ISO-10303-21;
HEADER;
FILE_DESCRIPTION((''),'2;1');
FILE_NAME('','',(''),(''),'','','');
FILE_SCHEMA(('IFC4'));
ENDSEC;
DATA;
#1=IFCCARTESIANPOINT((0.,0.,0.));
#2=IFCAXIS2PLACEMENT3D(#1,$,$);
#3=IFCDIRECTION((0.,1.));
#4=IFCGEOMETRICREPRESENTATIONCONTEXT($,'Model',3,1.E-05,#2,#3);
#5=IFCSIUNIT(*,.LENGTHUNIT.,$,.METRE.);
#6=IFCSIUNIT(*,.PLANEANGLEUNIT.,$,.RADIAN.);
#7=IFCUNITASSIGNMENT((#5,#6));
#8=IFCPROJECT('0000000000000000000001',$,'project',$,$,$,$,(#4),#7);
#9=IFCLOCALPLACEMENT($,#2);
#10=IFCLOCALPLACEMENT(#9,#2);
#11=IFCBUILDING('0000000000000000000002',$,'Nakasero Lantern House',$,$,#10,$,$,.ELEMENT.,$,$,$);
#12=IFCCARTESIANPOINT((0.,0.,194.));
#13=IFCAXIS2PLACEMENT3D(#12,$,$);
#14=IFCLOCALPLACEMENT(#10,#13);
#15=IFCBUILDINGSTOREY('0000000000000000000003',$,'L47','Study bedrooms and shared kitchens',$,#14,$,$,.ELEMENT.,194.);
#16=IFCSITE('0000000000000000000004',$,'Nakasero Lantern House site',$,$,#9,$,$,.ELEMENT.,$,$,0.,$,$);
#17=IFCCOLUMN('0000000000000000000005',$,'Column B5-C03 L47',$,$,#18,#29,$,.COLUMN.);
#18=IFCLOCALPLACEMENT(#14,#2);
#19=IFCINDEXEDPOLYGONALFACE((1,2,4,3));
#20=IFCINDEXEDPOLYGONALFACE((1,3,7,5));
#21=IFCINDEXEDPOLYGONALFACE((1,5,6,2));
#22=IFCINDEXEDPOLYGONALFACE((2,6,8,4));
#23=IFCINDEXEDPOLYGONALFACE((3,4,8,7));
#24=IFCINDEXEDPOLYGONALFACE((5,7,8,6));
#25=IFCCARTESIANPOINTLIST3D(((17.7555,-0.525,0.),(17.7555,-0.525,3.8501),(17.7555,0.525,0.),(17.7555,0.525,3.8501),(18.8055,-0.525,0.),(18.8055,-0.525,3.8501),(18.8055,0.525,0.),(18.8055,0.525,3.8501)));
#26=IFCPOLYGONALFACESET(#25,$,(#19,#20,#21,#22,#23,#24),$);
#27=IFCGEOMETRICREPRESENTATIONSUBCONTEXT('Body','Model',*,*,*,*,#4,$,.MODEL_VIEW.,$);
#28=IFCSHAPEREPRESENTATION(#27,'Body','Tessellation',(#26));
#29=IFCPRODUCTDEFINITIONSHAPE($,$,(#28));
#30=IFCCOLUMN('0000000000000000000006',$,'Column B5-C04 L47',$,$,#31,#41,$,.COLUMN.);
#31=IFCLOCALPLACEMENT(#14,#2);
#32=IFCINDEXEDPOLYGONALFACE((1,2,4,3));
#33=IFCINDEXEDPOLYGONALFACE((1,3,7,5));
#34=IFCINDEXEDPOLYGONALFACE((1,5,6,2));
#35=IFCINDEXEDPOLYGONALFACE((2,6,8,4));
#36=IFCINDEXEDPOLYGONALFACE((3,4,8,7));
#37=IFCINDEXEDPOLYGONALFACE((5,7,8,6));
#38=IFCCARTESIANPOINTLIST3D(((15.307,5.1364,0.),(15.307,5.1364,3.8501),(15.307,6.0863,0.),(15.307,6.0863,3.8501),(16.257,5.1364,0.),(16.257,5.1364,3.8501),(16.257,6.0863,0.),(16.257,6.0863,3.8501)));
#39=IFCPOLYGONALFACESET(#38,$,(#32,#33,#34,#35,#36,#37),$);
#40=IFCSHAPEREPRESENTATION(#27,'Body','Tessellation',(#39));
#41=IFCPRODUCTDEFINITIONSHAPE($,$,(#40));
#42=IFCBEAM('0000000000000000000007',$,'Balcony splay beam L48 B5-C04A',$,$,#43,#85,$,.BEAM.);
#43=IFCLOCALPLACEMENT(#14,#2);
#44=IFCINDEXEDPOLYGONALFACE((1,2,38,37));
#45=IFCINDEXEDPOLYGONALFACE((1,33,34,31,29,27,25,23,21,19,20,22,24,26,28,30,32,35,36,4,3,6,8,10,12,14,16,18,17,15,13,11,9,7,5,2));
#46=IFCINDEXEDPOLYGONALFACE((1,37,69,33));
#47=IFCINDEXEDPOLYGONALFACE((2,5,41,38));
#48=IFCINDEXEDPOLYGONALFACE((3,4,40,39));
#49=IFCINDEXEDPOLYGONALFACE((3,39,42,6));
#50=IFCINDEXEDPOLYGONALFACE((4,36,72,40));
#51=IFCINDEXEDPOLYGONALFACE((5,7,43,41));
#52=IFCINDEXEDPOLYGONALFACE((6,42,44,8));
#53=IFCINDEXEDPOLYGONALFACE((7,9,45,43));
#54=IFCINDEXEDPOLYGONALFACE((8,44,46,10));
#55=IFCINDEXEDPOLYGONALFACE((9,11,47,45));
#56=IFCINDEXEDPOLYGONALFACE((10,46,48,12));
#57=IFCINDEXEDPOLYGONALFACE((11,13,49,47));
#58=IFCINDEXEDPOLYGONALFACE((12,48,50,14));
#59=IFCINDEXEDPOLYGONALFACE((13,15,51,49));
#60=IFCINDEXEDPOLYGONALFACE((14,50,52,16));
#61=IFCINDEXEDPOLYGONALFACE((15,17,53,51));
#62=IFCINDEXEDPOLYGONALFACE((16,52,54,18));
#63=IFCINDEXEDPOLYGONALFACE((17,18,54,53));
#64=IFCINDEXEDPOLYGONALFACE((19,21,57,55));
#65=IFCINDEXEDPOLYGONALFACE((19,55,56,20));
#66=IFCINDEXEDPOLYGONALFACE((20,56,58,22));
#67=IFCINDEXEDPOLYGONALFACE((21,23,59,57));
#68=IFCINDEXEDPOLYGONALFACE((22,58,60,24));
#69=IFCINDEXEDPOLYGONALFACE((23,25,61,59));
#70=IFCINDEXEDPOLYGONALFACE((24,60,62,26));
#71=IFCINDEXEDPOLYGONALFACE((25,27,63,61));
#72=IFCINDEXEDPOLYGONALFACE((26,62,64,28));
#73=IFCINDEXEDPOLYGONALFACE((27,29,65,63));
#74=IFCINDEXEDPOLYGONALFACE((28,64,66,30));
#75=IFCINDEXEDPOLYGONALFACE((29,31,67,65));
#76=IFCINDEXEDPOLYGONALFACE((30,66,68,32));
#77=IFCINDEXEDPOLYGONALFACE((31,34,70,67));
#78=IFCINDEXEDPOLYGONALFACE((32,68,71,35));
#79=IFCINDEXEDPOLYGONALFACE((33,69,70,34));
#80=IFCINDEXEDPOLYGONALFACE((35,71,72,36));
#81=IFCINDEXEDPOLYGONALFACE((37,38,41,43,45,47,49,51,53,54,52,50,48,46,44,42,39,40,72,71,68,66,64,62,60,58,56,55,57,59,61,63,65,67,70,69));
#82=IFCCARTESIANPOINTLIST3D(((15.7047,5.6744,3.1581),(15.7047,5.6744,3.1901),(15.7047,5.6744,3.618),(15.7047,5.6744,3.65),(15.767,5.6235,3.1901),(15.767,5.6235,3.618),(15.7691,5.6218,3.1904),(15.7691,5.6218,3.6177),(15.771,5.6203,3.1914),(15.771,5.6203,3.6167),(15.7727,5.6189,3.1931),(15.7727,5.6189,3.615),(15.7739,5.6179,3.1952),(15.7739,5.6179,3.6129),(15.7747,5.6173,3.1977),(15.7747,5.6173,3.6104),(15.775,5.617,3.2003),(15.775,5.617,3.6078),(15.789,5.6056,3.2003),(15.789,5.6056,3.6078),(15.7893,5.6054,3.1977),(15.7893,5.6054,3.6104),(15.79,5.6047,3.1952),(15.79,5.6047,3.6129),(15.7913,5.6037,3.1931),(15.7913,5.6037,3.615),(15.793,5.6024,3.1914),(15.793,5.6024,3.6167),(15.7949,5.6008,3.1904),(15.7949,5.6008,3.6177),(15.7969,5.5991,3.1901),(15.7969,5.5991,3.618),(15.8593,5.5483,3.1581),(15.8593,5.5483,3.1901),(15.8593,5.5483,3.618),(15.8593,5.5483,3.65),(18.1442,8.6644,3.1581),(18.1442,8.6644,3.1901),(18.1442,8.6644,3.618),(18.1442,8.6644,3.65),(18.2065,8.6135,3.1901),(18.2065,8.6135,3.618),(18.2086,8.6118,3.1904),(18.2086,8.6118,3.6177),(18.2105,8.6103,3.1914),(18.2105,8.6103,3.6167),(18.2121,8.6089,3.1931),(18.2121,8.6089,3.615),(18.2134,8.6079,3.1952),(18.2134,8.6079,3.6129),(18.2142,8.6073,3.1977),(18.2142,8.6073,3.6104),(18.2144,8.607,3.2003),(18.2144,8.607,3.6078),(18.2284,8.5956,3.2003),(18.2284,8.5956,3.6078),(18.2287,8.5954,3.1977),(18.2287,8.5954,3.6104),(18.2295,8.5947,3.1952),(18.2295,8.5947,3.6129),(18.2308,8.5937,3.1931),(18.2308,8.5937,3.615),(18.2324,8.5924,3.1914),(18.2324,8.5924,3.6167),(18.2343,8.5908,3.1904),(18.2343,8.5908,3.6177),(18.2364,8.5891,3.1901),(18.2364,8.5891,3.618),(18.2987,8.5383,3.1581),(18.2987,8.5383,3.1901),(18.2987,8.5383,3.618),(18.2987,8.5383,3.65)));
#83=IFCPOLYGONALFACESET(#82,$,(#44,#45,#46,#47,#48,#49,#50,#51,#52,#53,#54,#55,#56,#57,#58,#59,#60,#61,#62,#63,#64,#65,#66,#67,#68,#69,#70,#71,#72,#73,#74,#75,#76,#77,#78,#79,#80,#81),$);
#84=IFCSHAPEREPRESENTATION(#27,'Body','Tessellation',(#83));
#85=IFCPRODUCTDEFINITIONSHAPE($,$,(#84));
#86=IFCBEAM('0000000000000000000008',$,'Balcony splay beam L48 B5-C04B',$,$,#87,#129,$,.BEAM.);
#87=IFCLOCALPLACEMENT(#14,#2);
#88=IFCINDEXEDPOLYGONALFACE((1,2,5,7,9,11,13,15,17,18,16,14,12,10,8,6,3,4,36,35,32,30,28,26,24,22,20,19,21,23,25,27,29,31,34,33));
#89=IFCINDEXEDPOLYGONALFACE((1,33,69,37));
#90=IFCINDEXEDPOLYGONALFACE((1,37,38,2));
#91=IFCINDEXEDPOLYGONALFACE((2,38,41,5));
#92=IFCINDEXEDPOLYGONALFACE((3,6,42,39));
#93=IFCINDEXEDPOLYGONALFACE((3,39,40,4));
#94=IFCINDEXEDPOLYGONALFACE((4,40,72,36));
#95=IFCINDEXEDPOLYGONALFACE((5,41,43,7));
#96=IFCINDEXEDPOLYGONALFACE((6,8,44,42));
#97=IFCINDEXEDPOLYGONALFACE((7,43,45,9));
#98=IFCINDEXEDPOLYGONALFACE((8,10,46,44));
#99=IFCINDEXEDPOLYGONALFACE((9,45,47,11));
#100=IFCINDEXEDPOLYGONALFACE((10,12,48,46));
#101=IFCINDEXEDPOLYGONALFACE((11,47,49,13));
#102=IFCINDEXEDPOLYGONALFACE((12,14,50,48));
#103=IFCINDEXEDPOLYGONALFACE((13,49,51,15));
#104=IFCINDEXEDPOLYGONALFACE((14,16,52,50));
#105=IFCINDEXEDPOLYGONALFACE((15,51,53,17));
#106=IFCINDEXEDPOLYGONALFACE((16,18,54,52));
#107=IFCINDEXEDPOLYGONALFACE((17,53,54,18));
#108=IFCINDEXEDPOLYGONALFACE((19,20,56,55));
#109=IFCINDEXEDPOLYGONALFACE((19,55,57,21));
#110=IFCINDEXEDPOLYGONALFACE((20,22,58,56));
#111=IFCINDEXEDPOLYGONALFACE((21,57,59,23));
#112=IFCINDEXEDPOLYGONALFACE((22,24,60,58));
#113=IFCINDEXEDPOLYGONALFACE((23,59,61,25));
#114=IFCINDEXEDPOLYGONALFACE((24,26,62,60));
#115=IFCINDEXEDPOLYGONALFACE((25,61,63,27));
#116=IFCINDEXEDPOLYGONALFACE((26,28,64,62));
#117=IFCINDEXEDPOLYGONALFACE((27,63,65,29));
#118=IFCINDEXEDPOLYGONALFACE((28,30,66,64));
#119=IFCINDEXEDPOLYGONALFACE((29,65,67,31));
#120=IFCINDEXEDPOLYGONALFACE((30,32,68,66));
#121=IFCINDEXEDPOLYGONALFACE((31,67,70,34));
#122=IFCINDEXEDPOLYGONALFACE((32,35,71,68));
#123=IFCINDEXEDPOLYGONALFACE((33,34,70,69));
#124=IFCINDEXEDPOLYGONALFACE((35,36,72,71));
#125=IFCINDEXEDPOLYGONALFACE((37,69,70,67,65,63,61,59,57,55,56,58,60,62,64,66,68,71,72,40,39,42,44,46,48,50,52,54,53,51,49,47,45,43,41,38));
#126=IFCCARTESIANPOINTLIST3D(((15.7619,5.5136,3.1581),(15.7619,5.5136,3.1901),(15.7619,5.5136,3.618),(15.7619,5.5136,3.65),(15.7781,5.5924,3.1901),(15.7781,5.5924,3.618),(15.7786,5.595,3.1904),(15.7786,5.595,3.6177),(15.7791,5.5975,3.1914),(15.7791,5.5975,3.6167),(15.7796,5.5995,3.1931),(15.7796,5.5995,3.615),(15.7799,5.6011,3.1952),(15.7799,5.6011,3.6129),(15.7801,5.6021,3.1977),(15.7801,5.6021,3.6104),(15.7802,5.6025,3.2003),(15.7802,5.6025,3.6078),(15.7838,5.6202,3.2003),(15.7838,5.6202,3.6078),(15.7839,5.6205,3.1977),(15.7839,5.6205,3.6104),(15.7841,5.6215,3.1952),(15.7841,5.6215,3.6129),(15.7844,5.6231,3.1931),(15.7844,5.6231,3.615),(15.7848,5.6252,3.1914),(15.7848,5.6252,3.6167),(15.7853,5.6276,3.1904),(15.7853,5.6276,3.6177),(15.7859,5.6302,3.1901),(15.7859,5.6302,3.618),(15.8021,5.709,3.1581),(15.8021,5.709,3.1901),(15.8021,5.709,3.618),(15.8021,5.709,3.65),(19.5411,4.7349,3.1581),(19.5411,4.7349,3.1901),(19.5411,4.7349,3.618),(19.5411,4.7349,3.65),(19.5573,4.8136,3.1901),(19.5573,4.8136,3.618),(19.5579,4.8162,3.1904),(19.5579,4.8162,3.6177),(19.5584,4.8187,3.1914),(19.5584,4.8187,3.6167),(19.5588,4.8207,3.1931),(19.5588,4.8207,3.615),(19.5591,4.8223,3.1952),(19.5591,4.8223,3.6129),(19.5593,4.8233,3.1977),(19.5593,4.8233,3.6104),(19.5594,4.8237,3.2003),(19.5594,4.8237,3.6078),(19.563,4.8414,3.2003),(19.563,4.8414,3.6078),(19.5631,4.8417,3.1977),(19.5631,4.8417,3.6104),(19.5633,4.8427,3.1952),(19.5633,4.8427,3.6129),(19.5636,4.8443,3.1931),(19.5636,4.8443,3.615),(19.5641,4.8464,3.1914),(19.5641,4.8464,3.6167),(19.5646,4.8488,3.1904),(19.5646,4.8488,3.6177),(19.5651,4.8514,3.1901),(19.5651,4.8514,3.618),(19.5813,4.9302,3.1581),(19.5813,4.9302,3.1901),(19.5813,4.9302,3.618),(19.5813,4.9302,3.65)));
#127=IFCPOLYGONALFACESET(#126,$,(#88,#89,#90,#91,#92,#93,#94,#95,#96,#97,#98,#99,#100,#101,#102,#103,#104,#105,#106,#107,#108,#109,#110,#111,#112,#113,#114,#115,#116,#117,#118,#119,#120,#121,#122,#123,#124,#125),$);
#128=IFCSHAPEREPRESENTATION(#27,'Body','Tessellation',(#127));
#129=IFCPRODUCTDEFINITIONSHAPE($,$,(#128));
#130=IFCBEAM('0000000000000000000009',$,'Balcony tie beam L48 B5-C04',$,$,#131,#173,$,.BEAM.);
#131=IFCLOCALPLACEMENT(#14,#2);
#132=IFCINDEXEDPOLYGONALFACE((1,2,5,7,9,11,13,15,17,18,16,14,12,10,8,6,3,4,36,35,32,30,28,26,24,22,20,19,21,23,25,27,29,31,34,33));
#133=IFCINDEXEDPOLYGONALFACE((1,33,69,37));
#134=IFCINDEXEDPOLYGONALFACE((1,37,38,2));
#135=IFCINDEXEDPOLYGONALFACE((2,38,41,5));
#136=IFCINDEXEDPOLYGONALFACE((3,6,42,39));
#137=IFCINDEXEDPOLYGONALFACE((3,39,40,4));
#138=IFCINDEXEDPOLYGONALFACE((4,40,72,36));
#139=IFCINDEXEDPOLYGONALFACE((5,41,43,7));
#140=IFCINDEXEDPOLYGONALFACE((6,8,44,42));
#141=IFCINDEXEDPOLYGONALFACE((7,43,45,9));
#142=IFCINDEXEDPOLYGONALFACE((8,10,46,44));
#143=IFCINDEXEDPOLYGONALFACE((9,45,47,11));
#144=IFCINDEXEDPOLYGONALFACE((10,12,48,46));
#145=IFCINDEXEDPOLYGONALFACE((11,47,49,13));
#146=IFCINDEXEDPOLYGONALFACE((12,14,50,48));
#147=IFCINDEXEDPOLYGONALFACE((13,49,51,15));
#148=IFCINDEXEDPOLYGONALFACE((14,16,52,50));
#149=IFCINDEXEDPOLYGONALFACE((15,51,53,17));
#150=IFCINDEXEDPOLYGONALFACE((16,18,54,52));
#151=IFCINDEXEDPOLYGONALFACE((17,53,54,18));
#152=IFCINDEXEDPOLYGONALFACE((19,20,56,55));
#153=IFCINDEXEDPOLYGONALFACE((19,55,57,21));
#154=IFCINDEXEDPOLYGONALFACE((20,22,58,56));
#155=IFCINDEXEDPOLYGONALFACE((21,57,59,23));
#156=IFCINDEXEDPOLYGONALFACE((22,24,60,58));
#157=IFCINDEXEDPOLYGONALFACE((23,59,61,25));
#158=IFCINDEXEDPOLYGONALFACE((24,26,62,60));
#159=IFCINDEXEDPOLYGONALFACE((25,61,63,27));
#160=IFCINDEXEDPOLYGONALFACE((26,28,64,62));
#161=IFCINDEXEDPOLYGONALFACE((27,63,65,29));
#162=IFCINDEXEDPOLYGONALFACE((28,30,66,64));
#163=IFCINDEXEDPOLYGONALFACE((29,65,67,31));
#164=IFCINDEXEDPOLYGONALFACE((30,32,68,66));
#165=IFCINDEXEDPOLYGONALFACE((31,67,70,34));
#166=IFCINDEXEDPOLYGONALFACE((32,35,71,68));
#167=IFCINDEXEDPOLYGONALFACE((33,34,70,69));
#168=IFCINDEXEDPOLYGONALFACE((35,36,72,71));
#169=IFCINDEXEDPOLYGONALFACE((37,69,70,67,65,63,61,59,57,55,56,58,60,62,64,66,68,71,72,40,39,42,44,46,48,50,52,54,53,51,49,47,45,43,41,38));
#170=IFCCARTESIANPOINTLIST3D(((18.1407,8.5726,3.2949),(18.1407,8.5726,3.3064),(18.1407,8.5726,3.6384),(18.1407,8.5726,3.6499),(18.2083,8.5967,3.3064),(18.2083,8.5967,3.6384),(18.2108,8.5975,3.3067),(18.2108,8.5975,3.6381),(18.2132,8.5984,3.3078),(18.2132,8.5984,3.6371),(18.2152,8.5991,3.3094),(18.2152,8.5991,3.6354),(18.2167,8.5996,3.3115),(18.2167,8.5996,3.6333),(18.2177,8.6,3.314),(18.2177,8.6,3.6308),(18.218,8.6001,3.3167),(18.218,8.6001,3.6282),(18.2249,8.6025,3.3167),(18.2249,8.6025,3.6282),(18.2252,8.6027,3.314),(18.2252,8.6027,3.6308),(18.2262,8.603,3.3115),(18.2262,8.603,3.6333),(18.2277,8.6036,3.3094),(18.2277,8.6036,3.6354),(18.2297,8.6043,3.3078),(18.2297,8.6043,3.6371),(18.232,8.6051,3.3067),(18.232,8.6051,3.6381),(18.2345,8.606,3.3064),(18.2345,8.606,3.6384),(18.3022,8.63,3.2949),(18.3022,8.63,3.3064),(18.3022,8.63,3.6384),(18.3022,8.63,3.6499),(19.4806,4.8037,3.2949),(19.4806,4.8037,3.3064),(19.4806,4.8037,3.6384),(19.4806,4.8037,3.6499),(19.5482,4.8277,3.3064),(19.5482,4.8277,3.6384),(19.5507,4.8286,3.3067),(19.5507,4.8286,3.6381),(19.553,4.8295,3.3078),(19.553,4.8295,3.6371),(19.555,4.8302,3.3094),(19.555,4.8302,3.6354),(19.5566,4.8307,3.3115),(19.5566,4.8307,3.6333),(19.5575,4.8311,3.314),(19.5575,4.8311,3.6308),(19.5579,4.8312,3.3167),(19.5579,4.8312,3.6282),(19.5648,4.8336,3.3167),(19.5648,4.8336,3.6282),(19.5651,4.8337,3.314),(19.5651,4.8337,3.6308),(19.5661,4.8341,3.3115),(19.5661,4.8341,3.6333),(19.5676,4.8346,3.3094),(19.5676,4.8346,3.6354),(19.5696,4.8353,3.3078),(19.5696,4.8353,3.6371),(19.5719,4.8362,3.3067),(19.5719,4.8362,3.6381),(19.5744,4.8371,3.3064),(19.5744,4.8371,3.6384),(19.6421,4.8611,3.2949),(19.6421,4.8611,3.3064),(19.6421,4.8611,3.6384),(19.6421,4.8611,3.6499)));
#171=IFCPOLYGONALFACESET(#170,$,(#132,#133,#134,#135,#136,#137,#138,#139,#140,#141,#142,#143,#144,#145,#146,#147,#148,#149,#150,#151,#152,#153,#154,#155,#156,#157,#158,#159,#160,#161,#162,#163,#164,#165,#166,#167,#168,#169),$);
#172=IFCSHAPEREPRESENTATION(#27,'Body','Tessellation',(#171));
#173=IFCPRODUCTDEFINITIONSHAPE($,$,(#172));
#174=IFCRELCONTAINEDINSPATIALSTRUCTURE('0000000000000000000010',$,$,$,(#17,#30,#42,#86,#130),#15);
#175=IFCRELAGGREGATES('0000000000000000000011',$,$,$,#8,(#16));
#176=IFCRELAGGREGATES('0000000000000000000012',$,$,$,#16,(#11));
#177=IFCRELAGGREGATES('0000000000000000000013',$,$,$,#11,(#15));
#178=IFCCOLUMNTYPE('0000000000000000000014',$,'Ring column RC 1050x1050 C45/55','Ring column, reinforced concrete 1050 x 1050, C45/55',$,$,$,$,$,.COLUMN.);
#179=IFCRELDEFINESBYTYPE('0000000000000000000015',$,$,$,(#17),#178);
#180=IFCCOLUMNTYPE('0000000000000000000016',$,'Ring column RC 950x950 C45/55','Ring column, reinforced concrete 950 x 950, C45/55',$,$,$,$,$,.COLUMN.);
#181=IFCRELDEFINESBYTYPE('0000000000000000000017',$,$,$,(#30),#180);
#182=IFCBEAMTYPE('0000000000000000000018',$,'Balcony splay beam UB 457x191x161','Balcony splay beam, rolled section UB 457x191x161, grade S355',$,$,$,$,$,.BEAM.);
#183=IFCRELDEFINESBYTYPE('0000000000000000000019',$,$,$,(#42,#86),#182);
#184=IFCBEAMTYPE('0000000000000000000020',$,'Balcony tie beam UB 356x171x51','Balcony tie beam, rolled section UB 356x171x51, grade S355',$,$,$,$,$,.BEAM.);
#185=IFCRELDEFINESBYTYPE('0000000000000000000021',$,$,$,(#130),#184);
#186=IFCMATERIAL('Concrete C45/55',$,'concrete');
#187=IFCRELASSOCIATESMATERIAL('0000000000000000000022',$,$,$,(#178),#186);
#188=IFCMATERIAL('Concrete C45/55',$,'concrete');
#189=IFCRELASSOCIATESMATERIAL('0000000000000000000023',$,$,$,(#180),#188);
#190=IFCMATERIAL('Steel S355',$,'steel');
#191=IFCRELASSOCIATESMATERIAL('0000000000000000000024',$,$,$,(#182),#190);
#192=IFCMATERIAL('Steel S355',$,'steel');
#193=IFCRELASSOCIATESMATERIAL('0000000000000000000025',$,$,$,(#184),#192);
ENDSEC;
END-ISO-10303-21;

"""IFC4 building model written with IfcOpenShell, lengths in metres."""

from ifc_helpers import new_model, si_unit, direction, frame, origin, origin_2d, place, context, subcontext, project, spatial, rectangle, i_section, extrude, material, material_profile, profile_set, type_object, element, save


model = new_model("IFC4")

# Units and contexts
model_context = context("Model", 3, precision=1e-05, world=origin(), true_north=direction((0.0, 1.0)))
body_context = subcontext(model_context, "Body", "Model", "MODEL_VIEW")
ifc_project = project(units=[si_unit("LENGTHUNIT", "METRE"), si_unit("PLANEANGLEUNIT", "RADIAN")], contexts=[model_context])

# Site, building, storey
site_placement = place(None, origin())
site = spatial("IfcSite", under=ifc_project, at=site_placement, Name="Nakasero Lantern House site", CompositionType="ELEMENT", RefElevation=0.0)
building_placement = place(site_placement, origin())
building = spatial("IfcBuilding", under=site, at=building_placement, Name="Nakasero Lantern House", CompositionType="ELEMENT")
storey_placement = place(building_placement, frame((0.0, 0.0, 194.0)))
storey = spatial("IfcBuildingStorey", under=building, at=storey_placement, Name="L47", Description="Study bedrooms and shared kitchens", CompositionType="ELEMENT", Elevation=194.0)

# Columns
ifc_material_1 = material(Name="Concrete C45/55", Category="concrete")
ifc_material_profile_1 = material_profile(ifc_material_1, rectangle(XDim=1.05, YDim=1.05, at=origin_2d()), Name="RC 1050x1050")
ifc_profile_set_1 = profile_set([ifc_material_profile_1], Name="Concrete C45/55")
column_type_1 = type_object("IfcColumnType", Name="Ring column RC 1050x1050 C45/55", Description="Ring column, reinforced concrete 1050 x 1050, C45/55", PredefinedType="COLUMN", material=ifc_profile_set_1)
column_1_placement = place(storey_placement, frame((18.2805, 0.0, 0.0), z_axis=(0.0, 0.0, 1.0), x_axis=(1.0, 0.0, 0.0)))
element("IfcColumn", 1, at=column_1_placement, inside=storey, type_object=column_type_1, Name="Column B5-C03 L47", PredefinedType="COLUMN", context=body_context, shape_type="SweptSolid", body=[
    extrude(rectangle(XDim=1.05, YDim=1.05, at=origin_2d()), origin(), (0.0, 0.0, 1.0), 3.8501),
])
ifc_material_2 = material(Name="Concrete C45/55", Category="concrete")
ifc_material_profile_2 = material_profile(ifc_material_2, rectangle(XDim=0.95, YDim=0.95, at=origin_2d()), Name="RC 950x950")
ifc_profile_set_2 = profile_set([ifc_material_profile_2], Name="Concrete C45/55")
column_type_2 = type_object("IfcColumnType", Name="Ring column RC 950x950 C45/55", Description="Ring column, reinforced concrete 950 x 950, C45/55", PredefinedType="COLUMN", material=ifc_profile_set_2)
column_2_placement = place(storey_placement, frame((15.782, 5.6113, 0.0), z_axis=(0.0, 0.0, 1.0), x_axis=(1.0, 0.0, 0.0)))
element("IfcColumn", 2, at=column_2_placement, inside=storey, type_object=column_type_2, Name="Column B5-C04 L47", PredefinedType="COLUMN", context=body_context, shape_type="SweptSolid", body=[
    extrude(rectangle(XDim=0.95, YDim=0.95, at=origin_2d()), origin(), (0.0, 0.0, 1.0), 3.8501),
])

# Beams
ifc_material_3 = material(Name="Steel S355", Category="steel")
ifc_material_profile_3 = material_profile(ifc_material_3, i_section(OverallWidth=0.1995, OverallDepth=0.4919, WebThickness=0.0181, FlangeThickness=0.032, FilletRadius=0.0103, at=origin_2d()), Name="UB 457x191x161")
ifc_profile_set_3 = profile_set([ifc_material_profile_3], Name="Steel S355")
beam_type_1 = type_object("IfcBeamType", Name="Balcony splay beam UB 457x191x161", Description="Balcony splay beam, rolled section UB 457x191x161, grade S355", PredefinedType="BEAM", material=ifc_profile_set_3)
beam_1_placement = place(storey_placement, frame((15.782, 5.6113, 3.4041), z_axis=(0.632166, 0.774833, 0.0), x_axis=(-0.774833, 0.632166, 0.0)))
element("IfcBeam", 3, at=beam_1_placement, inside=storey, type_object=beam_type_1, Name="Balcony splay beam L48 B5-C04A", PredefinedType="BEAM", context=body_context, shape_type="SweptSolid", body=[
    extrude(i_section(OverallWidth=0.1995, OverallDepth=0.4919, WebThickness=0.0181, FlangeThickness=0.032, FilletRadius=0.0103, at=origin_2d()), origin(), (0.0, 0.0, 1.0), 3.8589),
])
beam_2_placement = place(storey_placement, frame((15.782, 5.6113, 3.4041), z_axis=(0.97942, -0.201831, 0.0), x_axis=(0.201831, 0.97942, 0.0)))
element("IfcBeam", 4, at=beam_2_placement, inside=storey, type_object=beam_type_1, Name="Balcony splay beam L48 B5-C04B", PredefinedType="BEAM", context=body_context, shape_type="SweptSolid", body=[
    extrude(i_section(OverallWidth=0.1995, OverallDepth=0.4919, WebThickness=0.0181, FlangeThickness=0.032, FilletRadius=0.0103, at=origin_2d()), origin(), (0.0, 0.0, 1.0), 3.8586),
])
ifc_material_4 = material(Name="Steel S355", Category="steel")
ifc_material_profile_4 = material_profile(ifc_material_4, i_section(OverallWidth=0.1714, OverallDepth=0.355, WebThickness=0.0073, FlangeThickness=0.0115, FilletRadius=0.0103, at=origin_2d()), Name="UB 356x171x51")
ifc_profile_set_4 = profile_set([ifc_material_profile_4], Name="Steel S355")
beam_type_2 = type_object("IfcBeamType", Name="Balcony tie beam UB 356x171x51", Description="Balcony tie beam, rolled section UB 356x171x51, grade S355", PredefinedType="BEAM", material=ifc_profile_set_4)
beam_3_placement = place(storey_placement, frame((18.2214, 8.6013, 3.4724), z_axis=(0.334971, -0.942228, 0.0), x_axis=(0.942228, 0.334971, 0.0)))
element("IfcBeam", 5, at=beam_3_placement, inside=storey, type_object=beam_type_2, Name="Balcony tie beam L48 B5-C04", PredefinedType="BEAM", context=body_context, shape_type="SweptSolid", body=[
    extrude(i_section(OverallWidth=0.1714, OverallDepth=0.355, WebThickness=0.0073, FlangeThickness=0.0115, FilletRadius=0.0103, at=origin_2d()), origin(), (0.0, 0.0, 1.0), 4.0),
])

save(model, "model.ifc")
